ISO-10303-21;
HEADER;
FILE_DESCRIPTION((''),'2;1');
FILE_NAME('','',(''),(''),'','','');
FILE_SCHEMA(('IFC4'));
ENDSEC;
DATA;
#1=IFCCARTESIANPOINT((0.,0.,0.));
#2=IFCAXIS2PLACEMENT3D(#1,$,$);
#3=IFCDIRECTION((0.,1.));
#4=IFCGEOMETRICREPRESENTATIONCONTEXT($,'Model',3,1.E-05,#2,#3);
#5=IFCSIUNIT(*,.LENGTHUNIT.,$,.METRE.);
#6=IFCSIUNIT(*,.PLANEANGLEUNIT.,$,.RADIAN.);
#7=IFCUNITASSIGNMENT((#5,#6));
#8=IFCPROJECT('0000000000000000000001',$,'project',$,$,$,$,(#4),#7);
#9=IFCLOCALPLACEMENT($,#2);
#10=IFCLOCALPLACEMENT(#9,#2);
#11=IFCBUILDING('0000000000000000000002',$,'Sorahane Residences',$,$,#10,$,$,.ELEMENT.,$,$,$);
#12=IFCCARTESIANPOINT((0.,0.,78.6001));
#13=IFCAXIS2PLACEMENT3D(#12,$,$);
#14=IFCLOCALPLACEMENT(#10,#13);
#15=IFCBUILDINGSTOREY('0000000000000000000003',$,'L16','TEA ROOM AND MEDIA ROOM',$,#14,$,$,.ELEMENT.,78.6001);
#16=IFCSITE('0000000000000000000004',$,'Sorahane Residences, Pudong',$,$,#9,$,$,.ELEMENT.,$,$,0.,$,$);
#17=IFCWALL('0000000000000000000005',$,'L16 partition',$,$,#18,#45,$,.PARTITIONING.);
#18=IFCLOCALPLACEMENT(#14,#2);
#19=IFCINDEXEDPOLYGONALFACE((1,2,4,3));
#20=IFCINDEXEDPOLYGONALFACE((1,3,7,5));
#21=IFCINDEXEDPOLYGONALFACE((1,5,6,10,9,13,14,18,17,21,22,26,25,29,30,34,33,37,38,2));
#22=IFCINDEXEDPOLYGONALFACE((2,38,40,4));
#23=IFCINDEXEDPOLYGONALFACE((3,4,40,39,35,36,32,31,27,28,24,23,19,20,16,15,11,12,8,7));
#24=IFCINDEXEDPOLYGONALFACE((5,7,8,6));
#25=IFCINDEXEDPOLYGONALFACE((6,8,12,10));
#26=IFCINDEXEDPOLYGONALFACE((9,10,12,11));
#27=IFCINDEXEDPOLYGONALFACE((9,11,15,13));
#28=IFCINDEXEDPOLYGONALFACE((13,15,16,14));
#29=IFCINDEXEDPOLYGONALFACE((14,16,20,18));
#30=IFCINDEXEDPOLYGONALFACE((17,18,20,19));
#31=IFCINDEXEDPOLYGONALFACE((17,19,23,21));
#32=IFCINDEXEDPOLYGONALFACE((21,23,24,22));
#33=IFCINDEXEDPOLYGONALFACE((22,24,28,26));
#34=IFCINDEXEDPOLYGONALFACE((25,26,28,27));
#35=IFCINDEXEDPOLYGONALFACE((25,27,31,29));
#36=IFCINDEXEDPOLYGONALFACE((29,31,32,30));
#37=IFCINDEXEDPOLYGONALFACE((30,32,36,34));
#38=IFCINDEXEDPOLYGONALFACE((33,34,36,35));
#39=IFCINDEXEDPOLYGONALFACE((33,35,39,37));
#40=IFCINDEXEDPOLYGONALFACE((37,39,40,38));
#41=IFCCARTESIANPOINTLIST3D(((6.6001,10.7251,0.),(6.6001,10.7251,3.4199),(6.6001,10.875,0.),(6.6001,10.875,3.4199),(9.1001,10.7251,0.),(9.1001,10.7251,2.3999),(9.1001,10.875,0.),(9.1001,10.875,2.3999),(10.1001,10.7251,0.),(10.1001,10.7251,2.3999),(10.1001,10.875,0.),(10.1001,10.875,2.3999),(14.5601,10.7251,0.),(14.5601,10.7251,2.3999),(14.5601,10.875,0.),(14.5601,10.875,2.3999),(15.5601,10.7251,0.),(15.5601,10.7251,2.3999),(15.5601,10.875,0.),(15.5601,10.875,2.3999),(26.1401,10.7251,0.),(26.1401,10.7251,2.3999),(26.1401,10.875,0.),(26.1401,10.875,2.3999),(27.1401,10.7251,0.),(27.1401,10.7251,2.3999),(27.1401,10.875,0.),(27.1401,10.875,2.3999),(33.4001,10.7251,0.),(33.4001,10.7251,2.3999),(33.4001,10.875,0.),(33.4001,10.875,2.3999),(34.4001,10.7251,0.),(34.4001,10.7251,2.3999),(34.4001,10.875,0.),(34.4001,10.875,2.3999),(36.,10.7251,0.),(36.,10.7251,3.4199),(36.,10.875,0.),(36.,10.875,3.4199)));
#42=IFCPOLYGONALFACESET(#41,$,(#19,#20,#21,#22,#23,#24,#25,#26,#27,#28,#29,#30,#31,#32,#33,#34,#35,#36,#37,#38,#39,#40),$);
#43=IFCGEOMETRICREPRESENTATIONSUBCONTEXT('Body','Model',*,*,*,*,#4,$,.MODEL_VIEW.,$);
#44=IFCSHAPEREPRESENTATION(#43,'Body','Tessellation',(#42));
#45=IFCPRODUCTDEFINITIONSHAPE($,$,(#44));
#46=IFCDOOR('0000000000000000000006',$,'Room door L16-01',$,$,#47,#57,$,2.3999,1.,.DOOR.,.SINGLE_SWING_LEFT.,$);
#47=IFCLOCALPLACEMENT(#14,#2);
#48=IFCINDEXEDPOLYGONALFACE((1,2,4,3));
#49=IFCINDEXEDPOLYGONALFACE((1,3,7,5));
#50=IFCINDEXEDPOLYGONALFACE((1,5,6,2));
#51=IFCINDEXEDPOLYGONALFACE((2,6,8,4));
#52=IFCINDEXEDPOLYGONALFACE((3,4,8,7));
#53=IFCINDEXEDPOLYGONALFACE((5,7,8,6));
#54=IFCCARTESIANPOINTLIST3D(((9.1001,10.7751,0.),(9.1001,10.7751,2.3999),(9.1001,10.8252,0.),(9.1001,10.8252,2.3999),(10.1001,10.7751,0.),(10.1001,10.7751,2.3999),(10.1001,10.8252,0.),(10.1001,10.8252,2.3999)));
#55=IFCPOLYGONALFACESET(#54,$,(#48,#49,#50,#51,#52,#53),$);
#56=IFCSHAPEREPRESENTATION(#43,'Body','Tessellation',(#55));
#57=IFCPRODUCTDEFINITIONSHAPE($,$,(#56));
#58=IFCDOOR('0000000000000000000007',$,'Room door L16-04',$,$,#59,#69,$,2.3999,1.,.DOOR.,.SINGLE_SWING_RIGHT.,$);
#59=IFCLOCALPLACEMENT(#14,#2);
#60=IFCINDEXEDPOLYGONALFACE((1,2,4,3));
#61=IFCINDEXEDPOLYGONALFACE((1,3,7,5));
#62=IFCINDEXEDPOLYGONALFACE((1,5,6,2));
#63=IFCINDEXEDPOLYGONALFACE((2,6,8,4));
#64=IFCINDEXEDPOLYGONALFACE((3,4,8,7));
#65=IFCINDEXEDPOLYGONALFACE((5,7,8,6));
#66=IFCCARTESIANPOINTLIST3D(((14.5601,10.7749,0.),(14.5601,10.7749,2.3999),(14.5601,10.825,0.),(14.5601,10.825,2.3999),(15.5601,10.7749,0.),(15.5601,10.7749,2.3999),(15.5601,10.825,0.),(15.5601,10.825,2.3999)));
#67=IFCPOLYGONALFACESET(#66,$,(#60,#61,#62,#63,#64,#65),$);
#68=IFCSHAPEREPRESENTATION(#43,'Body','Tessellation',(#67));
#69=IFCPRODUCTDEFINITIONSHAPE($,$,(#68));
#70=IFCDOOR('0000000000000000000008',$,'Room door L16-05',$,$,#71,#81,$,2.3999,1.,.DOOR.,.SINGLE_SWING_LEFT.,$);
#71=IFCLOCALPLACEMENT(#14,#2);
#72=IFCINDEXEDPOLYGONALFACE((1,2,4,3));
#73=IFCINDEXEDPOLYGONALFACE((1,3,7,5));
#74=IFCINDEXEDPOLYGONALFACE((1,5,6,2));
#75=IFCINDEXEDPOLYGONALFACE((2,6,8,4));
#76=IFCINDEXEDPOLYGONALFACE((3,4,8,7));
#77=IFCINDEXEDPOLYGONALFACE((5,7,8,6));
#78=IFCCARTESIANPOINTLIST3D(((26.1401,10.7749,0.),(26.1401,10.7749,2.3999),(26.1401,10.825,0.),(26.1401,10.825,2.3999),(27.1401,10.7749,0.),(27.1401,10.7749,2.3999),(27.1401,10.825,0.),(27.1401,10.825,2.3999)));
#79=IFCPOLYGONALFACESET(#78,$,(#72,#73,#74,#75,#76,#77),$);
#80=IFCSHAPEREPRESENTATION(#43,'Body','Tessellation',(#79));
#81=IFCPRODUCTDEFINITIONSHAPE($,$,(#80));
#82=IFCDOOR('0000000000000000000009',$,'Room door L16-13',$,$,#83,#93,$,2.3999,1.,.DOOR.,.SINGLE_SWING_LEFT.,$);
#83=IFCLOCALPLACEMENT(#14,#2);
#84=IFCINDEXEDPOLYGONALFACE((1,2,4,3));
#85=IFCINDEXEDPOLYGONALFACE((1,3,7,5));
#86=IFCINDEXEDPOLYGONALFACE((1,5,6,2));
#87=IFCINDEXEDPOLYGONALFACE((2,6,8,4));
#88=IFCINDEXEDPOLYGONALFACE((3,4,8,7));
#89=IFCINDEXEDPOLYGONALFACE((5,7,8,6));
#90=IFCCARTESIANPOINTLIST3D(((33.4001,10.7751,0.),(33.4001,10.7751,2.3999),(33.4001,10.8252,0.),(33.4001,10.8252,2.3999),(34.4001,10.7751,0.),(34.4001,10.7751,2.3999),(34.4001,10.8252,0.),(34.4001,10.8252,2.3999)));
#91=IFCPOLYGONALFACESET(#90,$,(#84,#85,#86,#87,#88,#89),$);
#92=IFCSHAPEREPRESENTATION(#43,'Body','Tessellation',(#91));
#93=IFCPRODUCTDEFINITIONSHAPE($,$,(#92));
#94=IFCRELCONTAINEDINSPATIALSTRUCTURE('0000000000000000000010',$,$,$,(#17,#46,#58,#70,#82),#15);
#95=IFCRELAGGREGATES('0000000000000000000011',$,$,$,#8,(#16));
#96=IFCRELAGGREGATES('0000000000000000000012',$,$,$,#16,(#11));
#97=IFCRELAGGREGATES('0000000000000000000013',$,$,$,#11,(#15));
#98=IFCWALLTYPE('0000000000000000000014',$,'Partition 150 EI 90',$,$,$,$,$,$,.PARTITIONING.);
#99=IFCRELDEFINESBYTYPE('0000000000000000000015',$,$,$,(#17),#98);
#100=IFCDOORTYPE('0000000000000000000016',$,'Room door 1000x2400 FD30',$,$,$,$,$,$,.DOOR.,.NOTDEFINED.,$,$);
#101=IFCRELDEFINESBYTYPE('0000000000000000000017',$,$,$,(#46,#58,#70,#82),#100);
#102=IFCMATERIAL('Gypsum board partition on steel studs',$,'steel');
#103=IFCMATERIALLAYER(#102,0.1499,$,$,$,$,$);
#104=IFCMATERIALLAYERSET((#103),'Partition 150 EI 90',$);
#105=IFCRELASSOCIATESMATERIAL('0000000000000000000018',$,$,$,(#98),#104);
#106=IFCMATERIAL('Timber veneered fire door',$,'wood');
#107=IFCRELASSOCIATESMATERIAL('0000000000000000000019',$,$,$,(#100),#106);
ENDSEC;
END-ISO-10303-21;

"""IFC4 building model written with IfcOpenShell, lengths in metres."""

from ifc_helpers import new_model, si_unit, direction, frame, frame_2d, origin, place, context, subcontext, project, spatial, rectangle, extrude, material, layer, layer_set, type_object, element, fill, save


model = new_model("IFC4")

# Units and contexts
model_context = context("Model", 3, precision=1e-05, world=origin(), true_north=direction((0.0, 1.0)))
body_context = subcontext(model_context, "Body", "Model", "MODEL_VIEW")
ifc_project = project(units=[si_unit("LENGTHUNIT", "METRE"), si_unit("PLANEANGLEUNIT", "RADIAN")], contexts=[model_context])

# Site, building, storey
site_placement = place(None, origin())
site = spatial("IfcSite", under=ifc_project, at=site_placement, Name="Sorahane Residences, Pudong", CompositionType="ELEMENT", RefElevation=0.0)
building_placement = place(site_placement, origin())
building = spatial("IfcBuilding", under=site, at=building_placement, Name="Sorahane Residences", CompositionType="ELEMENT")
storey_placement = place(building_placement, frame((0.0, 0.0, 78.6001)))
storey = spatial("IfcBuildingStorey", under=building, at=storey_placement, Name="L16", Description="TEA ROOM AND MEDIA ROOM", CompositionType="ELEMENT", Elevation=78.6001)

# Wall, openings, doors
ifc_material_1 = material(Name="Gypsum board partition on steel studs", Category="steel")
ifc_layer_1 = layer(ifc_material_1, 0.1499)
ifc_layer_set_1 = layer_set([ifc_layer_1], Name="Partition 150 EI 90")
wall_type_1 = type_object("IfcWallType", Name="Partition 150 EI 90", PredefinedType="PARTITIONING", material=ifc_layer_set_1)
wall_1_placement = place(storey_placement, frame((6.6001, 10.8, 0.0), z_axis=(0.0, 0.0, 1.0), x_axis=(1.0, 0.0, 0.0)))
wall_1 = element("IfcWall", 1, at=wall_1_placement, inside=storey, type_object=wall_type_1, Name="L16 partition", PredefinedType="PARTITIONING", context=body_context, shape_type="SweptSolid", body=[
    extrude(rectangle(XDim=29.3999, YDim=0.1499, at=frame_2d((14.7, 0.0))), origin(), (0.0, 0.0, 1.0), 3.4199),
])
opening_1_placement = place(wall_1_placement, frame((2.5, 0.0, 0.0)))
opening_1 = element("IfcOpeningElement", 2, at=opening_1_placement, cuts=wall_1, PredefinedType="OPENING", context=body_context, shape_type="SweptSolid", body=[
    extrude(rectangle(XDim=1.0, YDim=2.3999, at=frame_2d((0.5, 1.2))), frame((0.0, 0.085, 0.0), z_axis=(0.0, -1.0, 0.0), x_axis=(1.0, 0.0, 0.0)), (0.0, 0.0, 1.0), 0.1699),
])
opening_2_placement = place(wall_1_placement, frame((7.96, 0.0, 0.0)))
opening_2 = element("IfcOpeningElement", 3, at=opening_2_placement, cuts=wall_1, PredefinedType="OPENING", context=body_context, shape_type="SweptSolid", body=[
    extrude(rectangle(XDim=1.0, YDim=2.3999, at=frame_2d((0.5, 1.2))), frame((0.0, 0.085, 0.0), z_axis=(0.0, -1.0, 0.0), x_axis=(1.0, 0.0, 0.0)), (0.0, 0.0, 1.0), 0.1699),
])
opening_3_placement = place(wall_1_placement, frame((19.54, 0.0, 0.0)))
opening_3 = element("IfcOpeningElement", 4, at=opening_3_placement, cuts=wall_1, PredefinedType="OPENING", context=body_context, shape_type="SweptSolid", body=[
    extrude(rectangle(XDim=1.0, YDim=2.3999, at=frame_2d((0.5, 1.2))), frame((0.0, 0.085, 0.0), z_axis=(0.0, -1.0, 0.0), x_axis=(1.0, 0.0, 0.0)), (0.0, 0.0, 1.0), 0.1699),
])
opening_4_placement = place(wall_1_placement, frame((26.8, 0.0, 0.0)))
opening_4 = element("IfcOpeningElement", 5, at=opening_4_placement, cuts=wall_1, PredefinedType="OPENING", context=body_context, shape_type="SweptSolid", body=[
    extrude(rectangle(XDim=1.0, YDim=2.3999, at=frame_2d((0.5, 1.2))), frame((0.0, 0.085, 0.0), z_axis=(0.0, -1.0, 0.0), x_axis=(1.0, 0.0, 0.0)), (0.0, 0.0, 1.0), 0.1699),
])
ifc_material_2 = material(Name="Timber veneered fire door", Category="wood")
door_type_1 = type_object("IfcDoorType", Name="Room door 1000x2400 FD30", OperationType="NOTDEFINED", PredefinedType="DOOR", material=ifc_material_2)
door_1_placement = place(opening_1_placement, frame((1.0, 0.0, 0.0), z_axis=(0.0, 0.0, 1.0), x_axis=(-1.0, 0.0, 0.0)))
door_1 = element("IfcDoor", 6, at=door_1_placement, inside=storey, type_object=door_type_1, Name="Room door L16-01", OperationType="SINGLE_SWING_LEFT", OverallHeight=2.3999, OverallWidth=1.0, PredefinedType="DOOR", context=body_context, shape_type="SweptSolid", body=[
    extrude(rectangle(XDim=1.0, YDim=2.3999, at=frame_2d((0.5, 1.2))), frame((0.0, 0.0249, 0.0), z_axis=(0.0, -1.0, 0.0), x_axis=(1.0, 0.0, 0.0)), (0.0, 0.0, 1.0), 0.05),
])
fill(opening_1, door_1)
door_2_placement = place(opening_2_placement, origin())
door_2 = element("IfcDoor", 7, at=door_2_placement, inside=storey, type_object=door_type_1, Name="Room door L16-04", OperationType="SINGLE_SWING_RIGHT", OverallHeight=2.3999, OverallWidth=1.0, PredefinedType="DOOR", context=body_context, shape_type="SweptSolid", body=[
    extrude(rectangle(XDim=1.0, YDim=2.3999, at=frame_2d((0.5, 1.2))), frame((0.0, 0.0249, 0.0), z_axis=(0.0, -1.0, 0.0), x_axis=(1.0, 0.0, 0.0)), (0.0, 0.0, 1.0), 0.05),
])
fill(opening_2, door_2)
door_3_placement = place(opening_3_placement, origin())
door_3 = element("IfcDoor", 8, at=door_3_placement, inside=storey, type_object=door_type_1, Name="Room door L16-05", OperationType="SINGLE_SWING_LEFT", OverallHeight=2.3999, OverallWidth=1.0, PredefinedType="DOOR", context=body_context, shape_type="SweptSolid", body=[
    extrude(rectangle(XDim=1.0, YDim=2.3999, at=frame_2d((0.5, 1.2))), frame((0.0, 0.0249, 0.0), z_axis=(0.0, -1.0, 0.0), x_axis=(1.0, 0.0, 0.0)), (0.0, 0.0, 1.0), 0.05),
])
fill(opening_3, door_3)
door_4_placement = place(opening_4_placement, frame((1.0, 0.0, 0.0), z_axis=(0.0, 0.0, 1.0), x_axis=(-1.0, 0.0, 0.0)))
door_4 = element("IfcDoor", 9, at=door_4_placement, inside=storey, type_object=door_type_1, Name="Room door L16-13", OperationType="SINGLE_SWING_LEFT", OverallHeight=2.3999, OverallWidth=1.0, PredefinedType="DOOR", context=body_context, shape_type="SweptSolid", body=[
    extrude(rectangle(XDim=1.0, YDim=2.3999, at=frame_2d((0.5, 1.2))), frame((0.0, 0.0249, 0.0), z_axis=(0.0, -1.0, 0.0), x_axis=(1.0, 0.0, 0.0)), (0.0, 0.0, 1.0), 0.05),
])
fill(opening_4, door_4)

save(model, "model.ifc")
